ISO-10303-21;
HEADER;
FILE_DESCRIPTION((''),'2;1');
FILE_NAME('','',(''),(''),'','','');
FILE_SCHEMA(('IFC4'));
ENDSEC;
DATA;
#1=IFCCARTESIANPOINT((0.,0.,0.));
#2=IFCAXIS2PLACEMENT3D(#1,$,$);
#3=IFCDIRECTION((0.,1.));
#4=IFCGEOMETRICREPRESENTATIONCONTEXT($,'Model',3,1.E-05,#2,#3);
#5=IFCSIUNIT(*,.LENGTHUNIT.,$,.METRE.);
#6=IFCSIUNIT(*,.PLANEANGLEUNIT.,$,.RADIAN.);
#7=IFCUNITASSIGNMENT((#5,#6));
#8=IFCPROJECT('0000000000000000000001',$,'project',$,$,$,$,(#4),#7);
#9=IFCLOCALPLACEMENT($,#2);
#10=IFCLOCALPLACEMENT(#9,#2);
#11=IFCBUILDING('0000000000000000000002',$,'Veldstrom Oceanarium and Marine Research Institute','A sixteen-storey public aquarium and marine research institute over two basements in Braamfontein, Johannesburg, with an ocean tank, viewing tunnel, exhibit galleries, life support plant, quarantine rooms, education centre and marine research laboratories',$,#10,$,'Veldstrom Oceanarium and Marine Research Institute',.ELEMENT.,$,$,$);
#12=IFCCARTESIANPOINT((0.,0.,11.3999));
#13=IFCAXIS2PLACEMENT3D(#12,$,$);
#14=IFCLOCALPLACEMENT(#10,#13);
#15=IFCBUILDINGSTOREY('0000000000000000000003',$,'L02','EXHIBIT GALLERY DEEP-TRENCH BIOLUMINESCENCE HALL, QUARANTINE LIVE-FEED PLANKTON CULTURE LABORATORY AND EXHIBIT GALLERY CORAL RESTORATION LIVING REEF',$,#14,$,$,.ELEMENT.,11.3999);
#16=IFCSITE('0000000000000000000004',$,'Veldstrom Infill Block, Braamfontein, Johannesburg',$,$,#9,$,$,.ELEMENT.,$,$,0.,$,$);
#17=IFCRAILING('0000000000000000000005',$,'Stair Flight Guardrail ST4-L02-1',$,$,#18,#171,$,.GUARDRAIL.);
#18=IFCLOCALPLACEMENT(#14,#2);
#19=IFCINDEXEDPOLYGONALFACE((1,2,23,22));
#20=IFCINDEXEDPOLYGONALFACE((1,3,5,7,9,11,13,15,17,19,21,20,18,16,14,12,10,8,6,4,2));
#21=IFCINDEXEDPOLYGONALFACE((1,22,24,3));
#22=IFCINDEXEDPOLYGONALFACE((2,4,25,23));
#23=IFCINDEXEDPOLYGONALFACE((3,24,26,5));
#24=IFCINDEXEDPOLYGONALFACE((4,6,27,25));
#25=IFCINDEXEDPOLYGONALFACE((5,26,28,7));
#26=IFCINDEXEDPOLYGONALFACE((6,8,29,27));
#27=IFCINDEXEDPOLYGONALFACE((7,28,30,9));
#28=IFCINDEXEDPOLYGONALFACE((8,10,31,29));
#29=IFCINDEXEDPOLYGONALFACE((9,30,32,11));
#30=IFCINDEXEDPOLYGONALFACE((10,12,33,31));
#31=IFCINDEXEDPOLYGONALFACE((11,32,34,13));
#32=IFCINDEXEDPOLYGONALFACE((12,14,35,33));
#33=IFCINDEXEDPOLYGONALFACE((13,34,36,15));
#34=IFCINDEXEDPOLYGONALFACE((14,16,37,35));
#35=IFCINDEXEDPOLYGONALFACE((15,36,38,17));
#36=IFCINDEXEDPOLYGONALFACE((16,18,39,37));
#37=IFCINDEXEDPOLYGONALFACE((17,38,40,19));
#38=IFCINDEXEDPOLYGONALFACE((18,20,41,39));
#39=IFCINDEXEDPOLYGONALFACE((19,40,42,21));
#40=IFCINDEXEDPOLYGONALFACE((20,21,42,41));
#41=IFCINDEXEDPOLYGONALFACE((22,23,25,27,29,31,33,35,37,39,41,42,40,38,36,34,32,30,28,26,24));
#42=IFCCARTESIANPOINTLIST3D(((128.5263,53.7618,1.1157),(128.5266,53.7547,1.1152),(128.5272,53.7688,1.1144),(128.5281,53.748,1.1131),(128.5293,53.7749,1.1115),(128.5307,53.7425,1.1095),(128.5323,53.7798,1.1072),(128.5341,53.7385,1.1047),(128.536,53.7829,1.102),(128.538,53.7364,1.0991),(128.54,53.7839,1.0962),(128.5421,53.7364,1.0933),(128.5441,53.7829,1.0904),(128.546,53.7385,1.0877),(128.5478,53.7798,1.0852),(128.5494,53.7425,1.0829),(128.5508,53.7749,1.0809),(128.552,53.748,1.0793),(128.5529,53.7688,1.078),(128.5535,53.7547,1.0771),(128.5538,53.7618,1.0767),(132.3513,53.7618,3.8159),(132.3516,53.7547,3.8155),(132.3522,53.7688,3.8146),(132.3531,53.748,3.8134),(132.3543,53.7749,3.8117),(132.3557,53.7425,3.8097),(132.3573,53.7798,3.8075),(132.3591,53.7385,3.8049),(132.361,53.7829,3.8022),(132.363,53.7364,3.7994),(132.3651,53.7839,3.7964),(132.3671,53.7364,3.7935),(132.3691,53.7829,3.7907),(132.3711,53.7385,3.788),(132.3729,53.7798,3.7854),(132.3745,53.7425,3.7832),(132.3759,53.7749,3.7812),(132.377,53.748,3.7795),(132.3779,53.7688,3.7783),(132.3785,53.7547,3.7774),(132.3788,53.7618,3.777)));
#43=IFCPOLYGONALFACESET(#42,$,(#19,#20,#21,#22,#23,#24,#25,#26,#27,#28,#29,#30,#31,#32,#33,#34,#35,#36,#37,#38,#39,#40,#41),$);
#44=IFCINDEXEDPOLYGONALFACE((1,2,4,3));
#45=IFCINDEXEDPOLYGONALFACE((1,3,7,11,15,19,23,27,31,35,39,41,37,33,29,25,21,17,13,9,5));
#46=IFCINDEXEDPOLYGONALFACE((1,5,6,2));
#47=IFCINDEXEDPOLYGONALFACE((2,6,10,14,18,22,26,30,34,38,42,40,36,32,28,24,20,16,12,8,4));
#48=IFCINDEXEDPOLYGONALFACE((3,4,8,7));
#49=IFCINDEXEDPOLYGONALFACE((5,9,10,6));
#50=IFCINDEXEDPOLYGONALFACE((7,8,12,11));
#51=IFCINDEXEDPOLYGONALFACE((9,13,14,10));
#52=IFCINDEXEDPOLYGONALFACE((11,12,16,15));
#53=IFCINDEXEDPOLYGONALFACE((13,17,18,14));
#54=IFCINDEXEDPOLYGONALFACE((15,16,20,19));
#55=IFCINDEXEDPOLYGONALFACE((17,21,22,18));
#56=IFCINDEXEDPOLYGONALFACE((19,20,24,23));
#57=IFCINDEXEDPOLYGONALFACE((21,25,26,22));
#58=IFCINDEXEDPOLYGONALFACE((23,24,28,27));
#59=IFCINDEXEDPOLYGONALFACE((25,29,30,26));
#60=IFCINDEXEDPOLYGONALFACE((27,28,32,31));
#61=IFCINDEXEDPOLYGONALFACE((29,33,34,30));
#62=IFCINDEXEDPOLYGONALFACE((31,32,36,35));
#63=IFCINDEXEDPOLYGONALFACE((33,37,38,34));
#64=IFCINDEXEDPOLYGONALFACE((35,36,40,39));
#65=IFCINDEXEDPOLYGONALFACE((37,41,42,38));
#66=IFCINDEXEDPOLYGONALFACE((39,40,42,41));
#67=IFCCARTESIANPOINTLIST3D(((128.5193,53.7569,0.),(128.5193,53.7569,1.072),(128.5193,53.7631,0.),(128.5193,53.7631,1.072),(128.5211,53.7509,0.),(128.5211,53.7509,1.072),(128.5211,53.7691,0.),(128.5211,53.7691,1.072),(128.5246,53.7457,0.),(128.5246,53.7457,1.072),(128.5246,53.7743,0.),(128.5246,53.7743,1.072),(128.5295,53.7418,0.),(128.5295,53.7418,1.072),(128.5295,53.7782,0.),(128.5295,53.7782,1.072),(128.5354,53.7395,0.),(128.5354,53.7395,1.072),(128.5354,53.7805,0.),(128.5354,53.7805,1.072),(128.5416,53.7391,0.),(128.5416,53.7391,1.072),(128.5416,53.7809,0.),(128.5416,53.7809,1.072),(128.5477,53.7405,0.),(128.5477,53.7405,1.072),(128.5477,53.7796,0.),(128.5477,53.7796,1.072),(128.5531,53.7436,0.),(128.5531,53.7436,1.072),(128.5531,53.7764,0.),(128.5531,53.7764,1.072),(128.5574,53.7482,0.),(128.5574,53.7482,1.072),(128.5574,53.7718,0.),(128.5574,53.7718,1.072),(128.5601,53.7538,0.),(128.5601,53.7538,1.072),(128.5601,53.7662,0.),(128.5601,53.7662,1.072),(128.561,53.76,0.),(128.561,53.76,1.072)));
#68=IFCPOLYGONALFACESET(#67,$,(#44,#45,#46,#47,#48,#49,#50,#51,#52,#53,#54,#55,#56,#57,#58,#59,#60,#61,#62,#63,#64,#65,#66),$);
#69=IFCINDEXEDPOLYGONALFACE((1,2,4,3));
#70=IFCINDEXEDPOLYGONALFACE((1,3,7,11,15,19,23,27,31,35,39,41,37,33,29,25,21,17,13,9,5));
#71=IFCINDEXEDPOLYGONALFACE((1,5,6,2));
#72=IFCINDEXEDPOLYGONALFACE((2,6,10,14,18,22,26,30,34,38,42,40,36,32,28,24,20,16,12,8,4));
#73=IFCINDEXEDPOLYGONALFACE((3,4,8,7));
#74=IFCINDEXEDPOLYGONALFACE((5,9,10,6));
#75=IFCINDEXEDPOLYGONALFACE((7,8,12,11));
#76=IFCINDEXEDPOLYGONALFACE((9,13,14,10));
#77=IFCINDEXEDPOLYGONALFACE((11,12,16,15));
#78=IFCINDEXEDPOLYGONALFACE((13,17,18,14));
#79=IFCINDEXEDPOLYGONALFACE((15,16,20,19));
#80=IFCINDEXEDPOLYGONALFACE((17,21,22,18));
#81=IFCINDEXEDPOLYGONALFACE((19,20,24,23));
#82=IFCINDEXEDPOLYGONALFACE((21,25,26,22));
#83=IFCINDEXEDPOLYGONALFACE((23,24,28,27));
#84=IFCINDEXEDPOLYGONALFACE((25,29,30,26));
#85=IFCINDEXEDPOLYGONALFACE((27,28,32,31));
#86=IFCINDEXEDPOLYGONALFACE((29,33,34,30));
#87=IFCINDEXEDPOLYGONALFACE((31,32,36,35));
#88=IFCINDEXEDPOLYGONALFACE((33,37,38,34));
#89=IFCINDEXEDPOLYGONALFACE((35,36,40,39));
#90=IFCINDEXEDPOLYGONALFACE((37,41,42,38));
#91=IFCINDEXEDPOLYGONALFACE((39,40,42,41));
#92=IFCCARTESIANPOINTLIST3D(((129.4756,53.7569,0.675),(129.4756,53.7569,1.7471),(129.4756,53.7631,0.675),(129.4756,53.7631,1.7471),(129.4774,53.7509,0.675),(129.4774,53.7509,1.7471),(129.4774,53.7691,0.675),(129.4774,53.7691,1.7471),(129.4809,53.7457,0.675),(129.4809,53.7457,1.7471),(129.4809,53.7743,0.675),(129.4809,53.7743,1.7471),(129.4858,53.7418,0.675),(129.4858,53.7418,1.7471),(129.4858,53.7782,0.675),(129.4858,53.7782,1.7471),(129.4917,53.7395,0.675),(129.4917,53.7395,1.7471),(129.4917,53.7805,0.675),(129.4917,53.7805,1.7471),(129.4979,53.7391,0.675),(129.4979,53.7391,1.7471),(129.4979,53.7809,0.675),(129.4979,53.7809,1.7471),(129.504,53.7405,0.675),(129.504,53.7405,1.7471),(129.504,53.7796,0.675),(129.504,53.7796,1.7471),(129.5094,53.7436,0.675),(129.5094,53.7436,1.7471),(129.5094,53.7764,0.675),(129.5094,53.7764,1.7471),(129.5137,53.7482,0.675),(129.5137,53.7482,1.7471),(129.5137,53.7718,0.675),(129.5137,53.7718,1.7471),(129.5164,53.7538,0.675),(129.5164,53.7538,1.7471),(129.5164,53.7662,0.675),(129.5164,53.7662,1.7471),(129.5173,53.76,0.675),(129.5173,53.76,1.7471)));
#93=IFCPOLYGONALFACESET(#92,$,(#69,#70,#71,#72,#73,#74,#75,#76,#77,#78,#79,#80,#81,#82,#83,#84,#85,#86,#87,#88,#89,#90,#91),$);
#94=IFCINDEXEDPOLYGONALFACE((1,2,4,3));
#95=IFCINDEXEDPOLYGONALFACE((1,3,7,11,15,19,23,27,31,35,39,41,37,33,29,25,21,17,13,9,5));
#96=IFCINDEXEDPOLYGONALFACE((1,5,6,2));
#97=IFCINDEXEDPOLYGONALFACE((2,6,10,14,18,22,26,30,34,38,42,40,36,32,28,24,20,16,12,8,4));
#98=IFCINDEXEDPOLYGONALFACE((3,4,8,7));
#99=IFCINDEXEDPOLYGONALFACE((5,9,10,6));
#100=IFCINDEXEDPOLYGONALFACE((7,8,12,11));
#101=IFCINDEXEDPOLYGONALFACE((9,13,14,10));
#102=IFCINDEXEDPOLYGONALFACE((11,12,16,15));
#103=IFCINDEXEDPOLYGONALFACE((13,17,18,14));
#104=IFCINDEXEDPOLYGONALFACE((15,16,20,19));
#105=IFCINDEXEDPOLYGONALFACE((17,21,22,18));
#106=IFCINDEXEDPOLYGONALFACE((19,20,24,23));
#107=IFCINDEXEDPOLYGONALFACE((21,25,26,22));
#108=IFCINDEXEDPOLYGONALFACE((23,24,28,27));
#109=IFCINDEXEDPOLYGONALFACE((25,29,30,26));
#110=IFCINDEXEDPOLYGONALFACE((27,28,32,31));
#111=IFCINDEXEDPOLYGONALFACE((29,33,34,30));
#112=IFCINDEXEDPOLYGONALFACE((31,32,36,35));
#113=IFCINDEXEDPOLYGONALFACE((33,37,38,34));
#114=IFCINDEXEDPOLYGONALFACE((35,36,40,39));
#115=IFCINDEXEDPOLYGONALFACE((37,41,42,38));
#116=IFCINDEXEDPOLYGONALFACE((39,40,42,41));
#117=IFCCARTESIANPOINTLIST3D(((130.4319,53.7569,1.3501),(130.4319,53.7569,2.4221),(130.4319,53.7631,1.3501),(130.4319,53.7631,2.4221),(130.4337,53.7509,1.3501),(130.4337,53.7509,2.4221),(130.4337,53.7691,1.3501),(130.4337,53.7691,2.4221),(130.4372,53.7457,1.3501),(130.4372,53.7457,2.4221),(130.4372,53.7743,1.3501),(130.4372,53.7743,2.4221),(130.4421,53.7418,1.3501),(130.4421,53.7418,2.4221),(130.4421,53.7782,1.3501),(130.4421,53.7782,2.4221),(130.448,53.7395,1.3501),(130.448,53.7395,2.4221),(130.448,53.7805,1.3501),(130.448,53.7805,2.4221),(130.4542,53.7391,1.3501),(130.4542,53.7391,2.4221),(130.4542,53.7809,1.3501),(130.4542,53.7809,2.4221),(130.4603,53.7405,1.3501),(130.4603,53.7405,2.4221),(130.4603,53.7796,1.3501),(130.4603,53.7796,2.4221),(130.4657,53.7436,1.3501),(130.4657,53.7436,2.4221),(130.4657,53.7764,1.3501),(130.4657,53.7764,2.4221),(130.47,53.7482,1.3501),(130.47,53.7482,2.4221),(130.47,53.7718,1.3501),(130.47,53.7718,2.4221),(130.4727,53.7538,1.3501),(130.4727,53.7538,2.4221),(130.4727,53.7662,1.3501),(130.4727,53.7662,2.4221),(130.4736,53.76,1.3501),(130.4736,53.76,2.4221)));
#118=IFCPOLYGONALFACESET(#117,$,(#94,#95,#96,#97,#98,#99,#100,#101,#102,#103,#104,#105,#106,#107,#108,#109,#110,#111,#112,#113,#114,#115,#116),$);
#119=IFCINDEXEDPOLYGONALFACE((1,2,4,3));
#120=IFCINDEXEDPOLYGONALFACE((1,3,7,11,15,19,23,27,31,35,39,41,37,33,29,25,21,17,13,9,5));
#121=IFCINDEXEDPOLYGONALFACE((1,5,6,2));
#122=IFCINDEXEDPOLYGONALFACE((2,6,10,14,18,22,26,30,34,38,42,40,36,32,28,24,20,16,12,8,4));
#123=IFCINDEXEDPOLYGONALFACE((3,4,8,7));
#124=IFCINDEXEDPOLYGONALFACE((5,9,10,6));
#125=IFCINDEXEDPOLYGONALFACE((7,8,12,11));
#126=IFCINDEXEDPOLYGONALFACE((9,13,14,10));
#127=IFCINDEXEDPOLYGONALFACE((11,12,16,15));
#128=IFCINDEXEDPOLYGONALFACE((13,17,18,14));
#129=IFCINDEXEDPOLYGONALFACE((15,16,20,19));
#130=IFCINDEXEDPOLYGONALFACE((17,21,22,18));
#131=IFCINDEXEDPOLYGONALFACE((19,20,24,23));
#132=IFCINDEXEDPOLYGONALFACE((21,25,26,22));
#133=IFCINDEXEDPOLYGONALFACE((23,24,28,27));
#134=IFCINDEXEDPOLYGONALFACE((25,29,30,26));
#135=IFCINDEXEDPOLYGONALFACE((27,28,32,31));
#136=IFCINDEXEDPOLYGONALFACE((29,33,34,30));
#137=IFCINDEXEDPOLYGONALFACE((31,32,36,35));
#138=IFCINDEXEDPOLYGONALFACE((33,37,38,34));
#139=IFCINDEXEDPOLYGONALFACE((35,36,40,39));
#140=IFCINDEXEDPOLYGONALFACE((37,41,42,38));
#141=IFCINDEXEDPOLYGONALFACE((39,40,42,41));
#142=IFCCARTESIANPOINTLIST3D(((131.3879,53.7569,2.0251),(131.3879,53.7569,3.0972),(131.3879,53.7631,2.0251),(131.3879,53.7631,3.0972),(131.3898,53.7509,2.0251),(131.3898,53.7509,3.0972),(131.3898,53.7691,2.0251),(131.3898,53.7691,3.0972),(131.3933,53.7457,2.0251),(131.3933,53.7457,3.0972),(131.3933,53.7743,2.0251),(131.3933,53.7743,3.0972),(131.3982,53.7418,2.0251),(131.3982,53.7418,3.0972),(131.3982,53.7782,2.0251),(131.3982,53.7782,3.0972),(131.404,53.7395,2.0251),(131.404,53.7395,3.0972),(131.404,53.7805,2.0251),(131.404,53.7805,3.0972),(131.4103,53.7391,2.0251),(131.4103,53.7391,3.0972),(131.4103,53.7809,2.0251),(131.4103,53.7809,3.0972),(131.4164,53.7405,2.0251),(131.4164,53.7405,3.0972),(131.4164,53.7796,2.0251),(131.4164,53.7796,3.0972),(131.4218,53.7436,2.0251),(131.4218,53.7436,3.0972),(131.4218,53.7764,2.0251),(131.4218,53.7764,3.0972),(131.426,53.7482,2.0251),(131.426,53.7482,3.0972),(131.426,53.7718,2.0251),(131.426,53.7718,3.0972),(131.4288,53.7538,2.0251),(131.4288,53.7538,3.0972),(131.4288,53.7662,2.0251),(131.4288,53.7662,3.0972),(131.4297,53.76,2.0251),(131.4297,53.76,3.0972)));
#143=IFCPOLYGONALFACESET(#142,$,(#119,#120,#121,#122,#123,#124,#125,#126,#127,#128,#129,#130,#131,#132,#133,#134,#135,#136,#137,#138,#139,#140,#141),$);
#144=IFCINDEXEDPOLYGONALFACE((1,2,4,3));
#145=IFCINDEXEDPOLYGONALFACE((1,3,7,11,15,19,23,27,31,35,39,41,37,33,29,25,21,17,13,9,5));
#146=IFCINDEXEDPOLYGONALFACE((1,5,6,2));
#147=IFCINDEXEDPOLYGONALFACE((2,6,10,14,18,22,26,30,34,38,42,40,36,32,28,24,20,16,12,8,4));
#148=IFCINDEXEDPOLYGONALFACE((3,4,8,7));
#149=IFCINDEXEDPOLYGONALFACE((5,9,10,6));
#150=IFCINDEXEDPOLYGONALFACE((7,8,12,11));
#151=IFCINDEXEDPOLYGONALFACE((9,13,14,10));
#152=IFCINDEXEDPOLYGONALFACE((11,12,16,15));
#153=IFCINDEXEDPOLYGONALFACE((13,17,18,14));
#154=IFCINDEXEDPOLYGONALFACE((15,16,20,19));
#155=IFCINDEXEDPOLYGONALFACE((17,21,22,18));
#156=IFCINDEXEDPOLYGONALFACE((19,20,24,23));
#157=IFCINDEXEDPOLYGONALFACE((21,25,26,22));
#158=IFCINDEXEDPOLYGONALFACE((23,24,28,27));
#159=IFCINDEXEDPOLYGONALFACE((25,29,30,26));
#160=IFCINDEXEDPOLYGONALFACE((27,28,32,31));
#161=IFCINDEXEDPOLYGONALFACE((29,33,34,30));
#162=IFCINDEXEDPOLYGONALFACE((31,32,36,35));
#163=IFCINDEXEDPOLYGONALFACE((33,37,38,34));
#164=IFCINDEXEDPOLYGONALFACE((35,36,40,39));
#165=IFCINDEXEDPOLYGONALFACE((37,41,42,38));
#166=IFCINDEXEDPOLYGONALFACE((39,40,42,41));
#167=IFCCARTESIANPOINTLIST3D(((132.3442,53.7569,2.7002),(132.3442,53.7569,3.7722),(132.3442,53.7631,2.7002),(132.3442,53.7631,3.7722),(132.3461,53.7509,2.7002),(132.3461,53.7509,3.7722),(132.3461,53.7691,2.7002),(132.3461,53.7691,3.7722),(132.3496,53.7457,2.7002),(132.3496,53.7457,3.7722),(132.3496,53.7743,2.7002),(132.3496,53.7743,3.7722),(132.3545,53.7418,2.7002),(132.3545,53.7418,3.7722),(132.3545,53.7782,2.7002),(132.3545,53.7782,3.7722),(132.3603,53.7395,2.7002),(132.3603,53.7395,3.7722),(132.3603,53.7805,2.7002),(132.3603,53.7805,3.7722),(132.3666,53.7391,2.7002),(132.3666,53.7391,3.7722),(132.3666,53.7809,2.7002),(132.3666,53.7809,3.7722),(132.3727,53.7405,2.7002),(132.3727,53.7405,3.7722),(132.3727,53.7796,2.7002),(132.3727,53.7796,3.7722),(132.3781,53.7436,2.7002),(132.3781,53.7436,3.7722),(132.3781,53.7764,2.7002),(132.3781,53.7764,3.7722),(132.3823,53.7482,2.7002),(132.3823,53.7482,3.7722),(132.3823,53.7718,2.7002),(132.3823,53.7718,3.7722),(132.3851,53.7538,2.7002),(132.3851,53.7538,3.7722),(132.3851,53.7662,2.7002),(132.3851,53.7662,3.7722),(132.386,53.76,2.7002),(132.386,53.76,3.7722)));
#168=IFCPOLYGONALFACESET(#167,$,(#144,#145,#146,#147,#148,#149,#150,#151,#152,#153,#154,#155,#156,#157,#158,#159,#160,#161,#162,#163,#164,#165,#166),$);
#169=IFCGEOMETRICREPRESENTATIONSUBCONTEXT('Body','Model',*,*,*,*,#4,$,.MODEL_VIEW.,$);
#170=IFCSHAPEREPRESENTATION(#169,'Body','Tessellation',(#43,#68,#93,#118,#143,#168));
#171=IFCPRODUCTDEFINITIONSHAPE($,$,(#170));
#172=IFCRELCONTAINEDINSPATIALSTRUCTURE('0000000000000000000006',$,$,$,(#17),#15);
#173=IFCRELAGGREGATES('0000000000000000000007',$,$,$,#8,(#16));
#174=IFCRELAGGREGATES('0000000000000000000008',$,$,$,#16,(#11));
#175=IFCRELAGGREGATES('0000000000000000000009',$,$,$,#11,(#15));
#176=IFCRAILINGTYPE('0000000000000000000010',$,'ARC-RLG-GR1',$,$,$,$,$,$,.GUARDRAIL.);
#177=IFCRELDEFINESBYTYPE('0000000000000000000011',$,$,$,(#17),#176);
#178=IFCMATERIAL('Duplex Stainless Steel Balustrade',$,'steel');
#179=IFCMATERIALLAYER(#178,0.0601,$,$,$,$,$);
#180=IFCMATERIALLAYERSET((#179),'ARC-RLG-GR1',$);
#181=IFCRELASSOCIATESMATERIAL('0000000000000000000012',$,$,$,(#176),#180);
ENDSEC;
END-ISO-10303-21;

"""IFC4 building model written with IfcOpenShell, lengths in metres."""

from ifc_helpers import new_model, si_unit, direction, frame, origin, origin_2d, place, context, subcontext, project, spatial, circle, extrude, material, layer, layer_set, type_object, element, save


model = new_model("IFC4")

# Units and contexts
model_context = context("Model", 3, precision=1e-05, world=origin(), true_north=direction((0.0, 1.0)))
body_context = subcontext(model_context, "Body", "Model", "MODEL_VIEW")
ifc_project = project(units=[si_unit("LENGTHUNIT", "METRE"), si_unit("PLANEANGLEUNIT", "RADIAN")], contexts=[model_context])

# Site, building, storey
site_placement = place(None, origin())
site = spatial("IfcSite", under=ifc_project, at=site_placement, Name="Veldstrom Infill Block, Braamfontein, Johannesburg", CompositionType="ELEMENT", RefElevation=0.0)
building_placement = place(site_placement, origin())
building = spatial("IfcBuilding", under=site, at=building_placement, Name="Veldstrom Oceanarium and Marine Research Institute", Description="A sixteen-storey public aquarium and marine research institute over two basements in Braamfontein, Johannesburg, with an ocean tank, viewing tunnel, exhibit galleries, life support plant, quarantine rooms, education centre and marine research laboratories", LongName="Veldstrom Oceanarium and Marine Research Institute", CompositionType="ELEMENT")
storey_placement = place(building_placement, frame((0.0, 0.0, 11.3999)))
storey = spatial("IfcBuildingStorey", under=building, at=storey_placement, Name="L02", Description="EXHIBIT GALLERY DEEP-TRENCH BIOLUMINESCENCE HALL, QUARANTINE LIVE-FEED PLANKTON CULTURE LABORATORY AND EXHIBIT GALLERY CORAL RESTORATION LIVING REEF", CompositionType="ELEMENT", Elevation=11.3999)

# Railing
ifc_material_1 = material(Name="Duplex Stainless Steel Balustrade", Category="steel")
ifc_layer_1 = layer(ifc_material_1, 0.0601)
ifc_layer_set_1 = layer_set([ifc_layer_1], Name="ARC-RLG-GR1")
railing_type_1 = type_object("IfcRailingType", Name="ARC-RLG-GR1", PredefinedType="GUARDRAIL", material=ifc_layer_set_1)
railing_1_placement = place(storey_placement, frame((128.54, 53.76, 0.0)))
element("IfcRailing", 1, at=railing_1_placement, inside=storey, type_object=railing_type_1, Name="Stair Flight Guardrail ST4-L02-1", PredefinedType="GUARDRAIL", context=body_context, shape_type="SweptSolid", body=[
    extrude(circle(Radius=0.0239, at=origin_2d()), frame((0.0, 0.0, 1.0962), z_axis=(0.816945, 0.0, 0.576716), x_axis=(0.0, 1.0, 0.0)), (0.0, 0.0, 1.0), 4.6821),
    extrude(circle(Radius=0.021, at=origin_2d()), origin(), (0.0, 0.0, 1.0), 1.072),
    extrude(circle(Radius=0.021, at=origin_2d()), frame((0.9563, 0.0, 0.675)), (0.0, 0.0, 1.0), 1.072),
    extrude(circle(Radius=0.021, at=origin_2d()), frame((1.9126, 0.0, 1.3501)), (0.0, 0.0, 1.0), 1.072),
    extrude(circle(Radius=0.021, at=origin_2d()), frame((2.8687, 0.0, 2.0251)), (0.0, 0.0, 1.0), 1.072),
    extrude(circle(Radius=0.021, at=origin_2d()), frame((3.825, 0.0, 2.7002)), (0.0, 0.0, 1.0), 1.072),
])

save(model, "model.ifc")
